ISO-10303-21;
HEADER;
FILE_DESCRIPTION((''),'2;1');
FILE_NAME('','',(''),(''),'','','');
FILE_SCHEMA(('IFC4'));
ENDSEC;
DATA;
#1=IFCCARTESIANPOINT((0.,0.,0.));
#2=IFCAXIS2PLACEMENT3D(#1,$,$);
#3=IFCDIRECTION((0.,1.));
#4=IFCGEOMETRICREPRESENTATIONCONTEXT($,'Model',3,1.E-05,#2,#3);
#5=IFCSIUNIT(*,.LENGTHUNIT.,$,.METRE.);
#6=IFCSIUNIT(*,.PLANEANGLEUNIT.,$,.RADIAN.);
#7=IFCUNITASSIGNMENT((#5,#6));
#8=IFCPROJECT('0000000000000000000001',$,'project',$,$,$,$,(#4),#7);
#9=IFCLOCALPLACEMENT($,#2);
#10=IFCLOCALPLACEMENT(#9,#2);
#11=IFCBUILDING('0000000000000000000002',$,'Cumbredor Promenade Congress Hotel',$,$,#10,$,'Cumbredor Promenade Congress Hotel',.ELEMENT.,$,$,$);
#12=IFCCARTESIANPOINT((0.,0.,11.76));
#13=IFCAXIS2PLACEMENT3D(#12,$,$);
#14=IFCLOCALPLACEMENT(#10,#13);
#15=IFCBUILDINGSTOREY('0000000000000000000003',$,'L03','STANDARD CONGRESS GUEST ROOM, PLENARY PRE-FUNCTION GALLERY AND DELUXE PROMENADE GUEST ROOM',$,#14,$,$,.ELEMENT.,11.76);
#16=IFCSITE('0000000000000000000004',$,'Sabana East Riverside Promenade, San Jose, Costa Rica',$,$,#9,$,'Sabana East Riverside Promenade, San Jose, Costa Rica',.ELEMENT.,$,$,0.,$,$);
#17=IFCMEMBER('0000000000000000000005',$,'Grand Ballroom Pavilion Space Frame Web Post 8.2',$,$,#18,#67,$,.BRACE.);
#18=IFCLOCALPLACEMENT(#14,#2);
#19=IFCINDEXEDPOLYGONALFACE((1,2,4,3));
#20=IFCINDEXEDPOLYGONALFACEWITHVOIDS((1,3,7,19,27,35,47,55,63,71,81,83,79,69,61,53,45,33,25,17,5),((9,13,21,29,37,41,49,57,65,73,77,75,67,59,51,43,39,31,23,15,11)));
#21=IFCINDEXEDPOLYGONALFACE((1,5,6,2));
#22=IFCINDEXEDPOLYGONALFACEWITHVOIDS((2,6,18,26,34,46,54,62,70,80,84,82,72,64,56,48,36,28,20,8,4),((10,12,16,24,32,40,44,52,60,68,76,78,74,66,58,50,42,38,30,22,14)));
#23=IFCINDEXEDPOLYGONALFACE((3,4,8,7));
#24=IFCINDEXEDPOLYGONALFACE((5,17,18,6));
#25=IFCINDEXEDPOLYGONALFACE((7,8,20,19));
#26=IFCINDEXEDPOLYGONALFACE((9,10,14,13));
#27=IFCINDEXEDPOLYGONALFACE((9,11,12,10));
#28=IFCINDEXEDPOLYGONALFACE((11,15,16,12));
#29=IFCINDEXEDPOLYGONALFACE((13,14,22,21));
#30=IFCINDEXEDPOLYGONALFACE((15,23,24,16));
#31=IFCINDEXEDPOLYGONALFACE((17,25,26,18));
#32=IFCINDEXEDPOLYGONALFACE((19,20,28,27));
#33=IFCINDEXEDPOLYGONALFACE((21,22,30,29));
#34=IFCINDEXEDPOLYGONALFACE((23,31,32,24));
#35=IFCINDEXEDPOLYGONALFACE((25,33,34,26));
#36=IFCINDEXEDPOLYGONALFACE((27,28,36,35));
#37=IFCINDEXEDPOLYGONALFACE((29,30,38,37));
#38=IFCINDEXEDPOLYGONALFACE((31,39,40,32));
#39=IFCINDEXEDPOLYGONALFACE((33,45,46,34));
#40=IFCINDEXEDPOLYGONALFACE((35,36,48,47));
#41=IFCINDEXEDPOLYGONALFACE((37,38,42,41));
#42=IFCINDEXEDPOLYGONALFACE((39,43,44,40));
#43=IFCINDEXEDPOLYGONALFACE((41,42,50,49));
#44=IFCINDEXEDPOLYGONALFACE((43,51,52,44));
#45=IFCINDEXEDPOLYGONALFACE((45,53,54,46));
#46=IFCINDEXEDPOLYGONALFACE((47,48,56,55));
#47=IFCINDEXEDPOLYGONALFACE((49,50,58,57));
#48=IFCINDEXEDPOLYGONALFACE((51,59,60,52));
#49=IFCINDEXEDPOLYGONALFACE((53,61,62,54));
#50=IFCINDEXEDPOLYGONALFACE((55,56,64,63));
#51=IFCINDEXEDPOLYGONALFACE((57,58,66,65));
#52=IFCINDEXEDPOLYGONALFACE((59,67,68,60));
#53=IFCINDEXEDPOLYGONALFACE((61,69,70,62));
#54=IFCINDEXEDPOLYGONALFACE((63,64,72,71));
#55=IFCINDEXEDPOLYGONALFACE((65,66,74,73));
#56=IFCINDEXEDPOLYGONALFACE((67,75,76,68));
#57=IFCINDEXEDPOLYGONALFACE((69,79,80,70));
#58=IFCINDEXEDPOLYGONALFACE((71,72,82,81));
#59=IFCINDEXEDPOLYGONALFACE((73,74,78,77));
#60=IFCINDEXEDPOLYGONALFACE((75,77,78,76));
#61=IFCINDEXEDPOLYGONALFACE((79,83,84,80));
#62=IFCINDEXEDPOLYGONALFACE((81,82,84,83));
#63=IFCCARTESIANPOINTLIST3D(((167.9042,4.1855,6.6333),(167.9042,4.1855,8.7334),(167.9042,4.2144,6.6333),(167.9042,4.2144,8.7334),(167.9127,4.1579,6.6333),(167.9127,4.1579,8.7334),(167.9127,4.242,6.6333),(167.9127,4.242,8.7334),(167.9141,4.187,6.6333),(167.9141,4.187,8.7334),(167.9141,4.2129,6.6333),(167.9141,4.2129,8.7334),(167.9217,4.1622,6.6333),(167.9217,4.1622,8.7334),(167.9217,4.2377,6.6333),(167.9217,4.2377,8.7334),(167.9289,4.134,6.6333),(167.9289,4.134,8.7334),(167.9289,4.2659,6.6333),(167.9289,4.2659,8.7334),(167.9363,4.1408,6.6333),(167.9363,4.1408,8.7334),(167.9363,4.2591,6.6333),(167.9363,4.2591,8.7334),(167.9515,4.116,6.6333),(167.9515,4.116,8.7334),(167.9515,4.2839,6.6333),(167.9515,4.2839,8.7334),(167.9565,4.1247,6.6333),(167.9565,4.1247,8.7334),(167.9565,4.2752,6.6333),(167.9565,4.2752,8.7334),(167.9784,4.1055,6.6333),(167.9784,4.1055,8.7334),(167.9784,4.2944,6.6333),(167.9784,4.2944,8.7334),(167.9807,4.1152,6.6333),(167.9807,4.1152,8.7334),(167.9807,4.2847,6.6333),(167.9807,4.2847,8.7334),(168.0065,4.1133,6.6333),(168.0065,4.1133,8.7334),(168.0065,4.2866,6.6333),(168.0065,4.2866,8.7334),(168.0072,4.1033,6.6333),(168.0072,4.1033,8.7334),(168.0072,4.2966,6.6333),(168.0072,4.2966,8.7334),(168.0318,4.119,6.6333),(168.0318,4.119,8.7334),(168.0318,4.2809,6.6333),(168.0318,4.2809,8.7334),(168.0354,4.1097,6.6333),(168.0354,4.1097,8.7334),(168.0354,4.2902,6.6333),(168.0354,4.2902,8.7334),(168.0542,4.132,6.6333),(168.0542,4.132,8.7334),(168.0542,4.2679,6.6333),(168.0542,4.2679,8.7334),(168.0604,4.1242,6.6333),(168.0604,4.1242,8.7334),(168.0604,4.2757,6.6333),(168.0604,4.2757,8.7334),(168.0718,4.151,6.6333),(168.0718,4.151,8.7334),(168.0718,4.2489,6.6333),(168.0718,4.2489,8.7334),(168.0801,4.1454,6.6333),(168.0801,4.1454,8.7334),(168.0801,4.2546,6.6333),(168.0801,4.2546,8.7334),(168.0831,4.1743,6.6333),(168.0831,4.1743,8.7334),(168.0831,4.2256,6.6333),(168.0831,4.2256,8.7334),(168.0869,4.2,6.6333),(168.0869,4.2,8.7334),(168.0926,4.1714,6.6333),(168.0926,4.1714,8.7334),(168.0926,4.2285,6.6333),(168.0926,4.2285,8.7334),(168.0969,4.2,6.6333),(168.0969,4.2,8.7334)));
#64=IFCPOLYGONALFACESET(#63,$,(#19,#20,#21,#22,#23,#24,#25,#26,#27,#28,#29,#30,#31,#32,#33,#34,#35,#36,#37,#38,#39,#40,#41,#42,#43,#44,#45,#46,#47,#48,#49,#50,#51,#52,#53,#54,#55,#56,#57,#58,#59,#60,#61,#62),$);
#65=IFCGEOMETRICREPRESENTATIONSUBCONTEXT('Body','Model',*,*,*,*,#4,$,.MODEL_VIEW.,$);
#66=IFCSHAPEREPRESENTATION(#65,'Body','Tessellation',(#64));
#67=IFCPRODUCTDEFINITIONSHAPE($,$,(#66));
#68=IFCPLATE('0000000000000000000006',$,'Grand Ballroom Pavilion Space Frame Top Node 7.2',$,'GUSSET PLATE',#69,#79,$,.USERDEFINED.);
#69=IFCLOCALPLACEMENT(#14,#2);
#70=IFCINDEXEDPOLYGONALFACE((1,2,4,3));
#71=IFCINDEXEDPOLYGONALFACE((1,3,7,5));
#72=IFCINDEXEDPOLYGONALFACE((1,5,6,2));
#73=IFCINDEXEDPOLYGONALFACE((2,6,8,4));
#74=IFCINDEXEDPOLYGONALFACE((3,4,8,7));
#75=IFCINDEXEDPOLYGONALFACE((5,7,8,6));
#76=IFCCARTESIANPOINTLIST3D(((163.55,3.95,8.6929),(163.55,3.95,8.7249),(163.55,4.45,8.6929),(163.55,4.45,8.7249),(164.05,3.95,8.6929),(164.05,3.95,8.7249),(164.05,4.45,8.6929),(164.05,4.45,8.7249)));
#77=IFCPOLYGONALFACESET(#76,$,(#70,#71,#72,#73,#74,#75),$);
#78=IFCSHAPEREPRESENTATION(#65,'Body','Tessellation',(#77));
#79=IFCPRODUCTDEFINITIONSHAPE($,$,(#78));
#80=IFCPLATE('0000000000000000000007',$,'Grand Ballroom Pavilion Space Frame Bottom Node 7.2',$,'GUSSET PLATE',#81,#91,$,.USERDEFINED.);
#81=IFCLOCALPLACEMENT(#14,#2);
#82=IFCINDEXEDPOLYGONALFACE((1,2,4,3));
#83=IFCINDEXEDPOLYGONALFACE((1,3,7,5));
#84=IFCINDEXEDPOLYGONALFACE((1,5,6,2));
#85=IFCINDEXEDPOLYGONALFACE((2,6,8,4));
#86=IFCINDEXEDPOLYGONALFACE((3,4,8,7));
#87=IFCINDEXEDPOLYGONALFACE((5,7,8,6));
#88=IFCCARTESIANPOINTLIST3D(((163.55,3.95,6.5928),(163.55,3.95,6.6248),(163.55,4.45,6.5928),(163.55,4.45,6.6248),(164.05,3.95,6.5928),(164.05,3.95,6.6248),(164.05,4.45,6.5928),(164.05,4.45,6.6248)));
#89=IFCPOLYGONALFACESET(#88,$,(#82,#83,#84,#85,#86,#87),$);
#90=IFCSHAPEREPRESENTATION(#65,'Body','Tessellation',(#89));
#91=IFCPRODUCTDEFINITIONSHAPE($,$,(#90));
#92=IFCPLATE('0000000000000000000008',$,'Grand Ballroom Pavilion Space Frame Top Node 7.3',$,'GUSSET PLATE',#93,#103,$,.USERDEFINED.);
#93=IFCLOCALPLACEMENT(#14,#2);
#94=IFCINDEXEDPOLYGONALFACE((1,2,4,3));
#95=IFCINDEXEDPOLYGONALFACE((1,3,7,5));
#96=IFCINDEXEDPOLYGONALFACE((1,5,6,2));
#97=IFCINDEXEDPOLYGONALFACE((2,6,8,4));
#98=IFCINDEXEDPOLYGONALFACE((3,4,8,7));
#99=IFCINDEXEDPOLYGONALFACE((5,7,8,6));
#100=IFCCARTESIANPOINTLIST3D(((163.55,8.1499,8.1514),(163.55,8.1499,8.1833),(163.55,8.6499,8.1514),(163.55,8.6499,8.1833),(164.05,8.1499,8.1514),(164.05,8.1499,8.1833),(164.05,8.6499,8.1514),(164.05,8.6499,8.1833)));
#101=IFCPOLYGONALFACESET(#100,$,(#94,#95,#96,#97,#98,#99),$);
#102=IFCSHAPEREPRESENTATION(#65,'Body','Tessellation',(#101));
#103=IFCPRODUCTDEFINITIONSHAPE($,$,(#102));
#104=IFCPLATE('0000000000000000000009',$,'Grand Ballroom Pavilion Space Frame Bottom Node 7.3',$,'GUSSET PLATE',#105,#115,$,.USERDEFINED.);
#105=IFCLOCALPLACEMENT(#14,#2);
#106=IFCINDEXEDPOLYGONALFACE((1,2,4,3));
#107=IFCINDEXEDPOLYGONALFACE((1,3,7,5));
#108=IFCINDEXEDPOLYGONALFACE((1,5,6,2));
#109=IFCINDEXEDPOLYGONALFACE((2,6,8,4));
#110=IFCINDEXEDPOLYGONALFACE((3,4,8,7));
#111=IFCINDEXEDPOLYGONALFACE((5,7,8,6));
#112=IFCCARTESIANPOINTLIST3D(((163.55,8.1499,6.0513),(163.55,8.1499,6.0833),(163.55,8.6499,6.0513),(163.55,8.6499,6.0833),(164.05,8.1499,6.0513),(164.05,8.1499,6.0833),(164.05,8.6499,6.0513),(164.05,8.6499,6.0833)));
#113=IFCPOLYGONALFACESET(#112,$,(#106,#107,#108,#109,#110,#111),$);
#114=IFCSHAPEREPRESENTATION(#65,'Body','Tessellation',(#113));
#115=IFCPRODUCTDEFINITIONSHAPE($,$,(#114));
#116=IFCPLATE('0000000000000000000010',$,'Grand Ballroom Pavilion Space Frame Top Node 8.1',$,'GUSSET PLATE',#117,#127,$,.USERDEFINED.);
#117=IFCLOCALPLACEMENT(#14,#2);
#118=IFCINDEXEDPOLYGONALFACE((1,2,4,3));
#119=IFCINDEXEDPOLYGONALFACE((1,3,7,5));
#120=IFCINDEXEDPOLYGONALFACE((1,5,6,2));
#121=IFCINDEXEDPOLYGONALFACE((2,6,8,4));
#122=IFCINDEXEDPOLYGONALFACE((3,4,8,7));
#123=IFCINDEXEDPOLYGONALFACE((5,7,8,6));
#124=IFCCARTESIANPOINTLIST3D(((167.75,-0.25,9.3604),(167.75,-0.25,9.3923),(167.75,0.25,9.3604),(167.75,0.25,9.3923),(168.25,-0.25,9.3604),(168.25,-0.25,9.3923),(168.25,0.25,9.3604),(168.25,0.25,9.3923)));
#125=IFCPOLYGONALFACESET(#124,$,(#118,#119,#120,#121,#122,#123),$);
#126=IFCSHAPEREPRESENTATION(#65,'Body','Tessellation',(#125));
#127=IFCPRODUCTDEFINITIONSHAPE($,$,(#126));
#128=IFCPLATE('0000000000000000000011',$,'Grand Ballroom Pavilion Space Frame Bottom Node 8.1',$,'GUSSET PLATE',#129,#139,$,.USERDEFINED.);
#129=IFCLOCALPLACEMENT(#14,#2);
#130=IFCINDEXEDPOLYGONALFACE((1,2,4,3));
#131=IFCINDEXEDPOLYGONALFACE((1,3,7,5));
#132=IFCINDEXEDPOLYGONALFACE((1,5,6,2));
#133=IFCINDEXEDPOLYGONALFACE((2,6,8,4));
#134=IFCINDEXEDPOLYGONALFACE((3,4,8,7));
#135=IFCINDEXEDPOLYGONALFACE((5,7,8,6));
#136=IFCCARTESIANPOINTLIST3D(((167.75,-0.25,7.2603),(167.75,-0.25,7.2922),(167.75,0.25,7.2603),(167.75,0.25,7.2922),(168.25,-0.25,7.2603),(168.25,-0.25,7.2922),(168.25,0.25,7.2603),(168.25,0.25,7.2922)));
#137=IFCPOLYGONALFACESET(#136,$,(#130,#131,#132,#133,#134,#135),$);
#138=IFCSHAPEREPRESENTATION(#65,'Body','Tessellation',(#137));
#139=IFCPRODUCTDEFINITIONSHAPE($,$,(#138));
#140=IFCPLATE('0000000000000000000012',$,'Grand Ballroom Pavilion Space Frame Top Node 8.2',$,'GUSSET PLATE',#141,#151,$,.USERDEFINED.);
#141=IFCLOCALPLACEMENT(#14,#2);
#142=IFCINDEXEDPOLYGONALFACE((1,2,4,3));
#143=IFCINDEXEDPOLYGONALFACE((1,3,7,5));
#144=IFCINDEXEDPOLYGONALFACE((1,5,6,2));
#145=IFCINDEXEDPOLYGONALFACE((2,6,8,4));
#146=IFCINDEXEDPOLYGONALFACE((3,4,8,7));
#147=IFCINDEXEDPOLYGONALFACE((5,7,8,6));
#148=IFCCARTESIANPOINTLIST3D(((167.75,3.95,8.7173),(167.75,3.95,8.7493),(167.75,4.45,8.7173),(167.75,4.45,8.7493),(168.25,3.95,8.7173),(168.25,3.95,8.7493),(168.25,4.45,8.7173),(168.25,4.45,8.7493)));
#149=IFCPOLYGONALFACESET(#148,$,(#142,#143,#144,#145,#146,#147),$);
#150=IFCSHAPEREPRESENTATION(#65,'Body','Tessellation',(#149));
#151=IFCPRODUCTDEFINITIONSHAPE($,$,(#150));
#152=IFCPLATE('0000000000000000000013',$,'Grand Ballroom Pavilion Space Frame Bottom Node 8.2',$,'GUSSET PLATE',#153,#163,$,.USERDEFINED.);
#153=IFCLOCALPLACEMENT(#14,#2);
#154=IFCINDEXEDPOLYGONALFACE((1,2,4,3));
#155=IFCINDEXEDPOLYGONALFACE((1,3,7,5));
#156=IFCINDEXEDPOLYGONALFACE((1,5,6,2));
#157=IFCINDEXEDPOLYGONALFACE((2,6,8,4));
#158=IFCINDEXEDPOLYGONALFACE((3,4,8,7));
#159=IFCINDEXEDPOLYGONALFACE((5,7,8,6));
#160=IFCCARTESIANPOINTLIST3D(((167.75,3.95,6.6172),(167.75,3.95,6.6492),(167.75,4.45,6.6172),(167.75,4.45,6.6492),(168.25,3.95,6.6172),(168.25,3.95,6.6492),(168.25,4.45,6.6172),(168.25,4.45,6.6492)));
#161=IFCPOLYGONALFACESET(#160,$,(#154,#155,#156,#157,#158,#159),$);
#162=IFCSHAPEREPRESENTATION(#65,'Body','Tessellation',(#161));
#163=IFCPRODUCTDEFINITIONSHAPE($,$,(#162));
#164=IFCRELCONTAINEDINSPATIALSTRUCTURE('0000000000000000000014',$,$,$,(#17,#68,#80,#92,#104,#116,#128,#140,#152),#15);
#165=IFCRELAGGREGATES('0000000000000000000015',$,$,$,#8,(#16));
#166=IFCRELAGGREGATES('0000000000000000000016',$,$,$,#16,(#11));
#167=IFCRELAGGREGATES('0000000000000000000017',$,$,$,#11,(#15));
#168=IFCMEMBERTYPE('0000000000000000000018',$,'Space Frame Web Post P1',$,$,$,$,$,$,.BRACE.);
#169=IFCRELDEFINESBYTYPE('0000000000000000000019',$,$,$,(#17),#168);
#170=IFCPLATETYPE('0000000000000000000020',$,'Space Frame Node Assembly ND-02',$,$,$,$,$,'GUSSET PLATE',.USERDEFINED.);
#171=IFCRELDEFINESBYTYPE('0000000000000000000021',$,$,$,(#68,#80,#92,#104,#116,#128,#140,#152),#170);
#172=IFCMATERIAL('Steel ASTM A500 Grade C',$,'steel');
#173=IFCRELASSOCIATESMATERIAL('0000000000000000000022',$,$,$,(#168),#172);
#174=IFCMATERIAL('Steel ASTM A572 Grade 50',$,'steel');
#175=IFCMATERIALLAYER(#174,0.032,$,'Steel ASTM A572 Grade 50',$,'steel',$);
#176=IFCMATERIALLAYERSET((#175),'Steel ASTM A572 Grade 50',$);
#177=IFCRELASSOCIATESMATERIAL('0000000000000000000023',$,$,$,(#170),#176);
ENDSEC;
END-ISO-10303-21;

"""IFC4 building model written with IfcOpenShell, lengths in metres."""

from ifc_helpers import new_model, si_unit, direction, frame, origin, origin_2d, place, context, subcontext, project, spatial, rectangle, hollow_circle, extrude, material, layer, layer_set, material_profile, profile_set, type_object, element, save


model = new_model("IFC4")

# Units and contexts
model_context = context("Model", 3, precision=1e-05, world=origin(), true_north=direction((0.0, 1.0)))
body_context = subcontext(model_context, "Body", "Model", "MODEL_VIEW")
ifc_project = project(units=[si_unit("LENGTHUNIT", "METRE"), si_unit("PLANEANGLEUNIT", "RADIAN")], contexts=[model_context])

# Site, building, storey
site_placement = place(None, origin())
site = spatial("IfcSite", under=ifc_project, at=site_placement, Name="Sabana East Riverside Promenade, San Jose, Costa Rica", LongName="Sabana East Riverside Promenade, San Jose, Costa Rica", CompositionType="ELEMENT", RefElevation=0.0)
building_placement = place(site_placement, origin())
building = spatial("IfcBuilding", under=site, at=building_placement, Name="Cumbredor Promenade Congress Hotel", LongName="Cumbredor Promenade Congress Hotel", CompositionType="ELEMENT")
storey_placement = place(building_placement, frame((0.0, 0.0, 11.76)))
storey = spatial("IfcBuildingStorey", under=building, at=storey_placement, Name="L03", Description="STANDARD CONGRESS GUEST ROOM, PLENARY PRE-FUNCTION GALLERY AND DELUXE PROMENADE GUEST ROOM", CompositionType="ELEMENT", Elevation=11.76)

# Member
ifc_material_1 = material(Name="Steel ASTM A500 Grade C", Category="steel")
ifc_material_profile_1 = material_profile(ifc_material_1, hollow_circle(Radius=0.0969, WallThickness=0.01, at=origin_2d()), Name="CHS 193.7x10")
ifc_profile_set_1 = profile_set([ifc_material_profile_1], Name="Steel ASTM A500 Grade C")
member_type_1 = type_object("IfcMemberType", Name="Space Frame Web Post P1", PredefinedType="BRACE", material=ifc_profile_set_1)
for number, where, z_axis, x_axis, name in (
    (1, (168.0, 4.2, 6.6333), (0.0, 0.0, 1.0), (1.0, 0.0, 0.0), "Grand Ballroom Pavilion Space Frame Web Post 8.2"),
):
    element("IfcMember", number, at=place(storey_placement, frame(where, z_axis=z_axis, x_axis=x_axis)), inside=storey, type_object=member_type_1, Name=name, PredefinedType="BRACE", context=body_context, shape_type="SweptSolid", body=[
        extrude(hollow_circle(Radius=0.0969, WallThickness=0.01, at=origin_2d()), origin(), (0.0, 0.0, 1.0), 2.1001),
    ])

# Plates
ifc_material_2 = material(Name="Steel ASTM A572 Grade 50", Category="steel")
ifc_layer = layer(ifc_material_2, 0.032, Name="Steel ASTM A572 Grade 50", Category="steel")
ifc_layer_set = layer_set([ifc_layer], Name="Steel ASTM A572 Grade 50")
plate_type = type_object("IfcPlateType", Name="Space Frame Node Assembly ND-02", ElementType="GUSSET PLATE", PredefinedType="USERDEFINED", material=ifc_layer_set)
for number, where, z_axis, x_axis, name in (
    (2, (163.8, 4.2, 8.6929), (0.0, 0.0, 1.0), (1.0, 0.0, 0.0), "Grand Ballroom Pavilion Space Frame Top Node 7.2"),
    (3, (163.8, 4.2, 6.5928), (0.0, 0.0, 1.0), (1.0, 0.0, 0.0), "Grand Ballroom Pavilion Space Frame Bottom Node 7.2"),
    (4, (163.8, 8.3999, 8.1514), (0.0, 0.0, 1.0), (1.0, 0.0, 0.0), "Grand Ballroom Pavilion Space Frame Top Node 7.3"),
    (5, (163.8, 8.3999, 6.0513), (0.0, 0.0, 1.0), (1.0, 0.0, 0.0), "Grand Ballroom Pavilion Space Frame Bottom Node 7.3"),
    (6, (168.0, 0.0, 9.3604), (0.0, 0.0, 1.0), (1.0, 0.0, 0.0), "Grand Ballroom Pavilion Space Frame Top Node 8.1"),
    (7, (168.0, 0.0, 7.2603), (0.0, 0.0, 1.0), (1.0, 0.0, 0.0), "Grand Ballroom Pavilion Space Frame Bottom Node 8.1"),
    (8, (168.0, 4.2, 8.7173), (0.0, 0.0, 1.0), (1.0, 0.0, 0.0), "Grand Ballroom Pavilion Space Frame Top Node 8.2"),
    (9, (168.0, 4.2, 6.6172), (0.0, 0.0, 1.0), (1.0, 0.0, 0.0), "Grand Ballroom Pavilion Space Frame Bottom Node 8.2"),
):
    element("IfcPlate", number, at=place(storey_placement, frame(where, z_axis=z_axis, x_axis=x_axis)), inside=storey, type_object=plate_type, Name=name, ObjectType="GUSSET PLATE", PredefinedType="USERDEFINED", context=body_context, shape_type="SweptSolid", body=[
        extrude(rectangle(XDim=0.5, YDim=0.5, at=origin_2d()), origin(), (0.0, 0.0, 1.0), 0.032),
    ])

save(model, "model.ifc")
